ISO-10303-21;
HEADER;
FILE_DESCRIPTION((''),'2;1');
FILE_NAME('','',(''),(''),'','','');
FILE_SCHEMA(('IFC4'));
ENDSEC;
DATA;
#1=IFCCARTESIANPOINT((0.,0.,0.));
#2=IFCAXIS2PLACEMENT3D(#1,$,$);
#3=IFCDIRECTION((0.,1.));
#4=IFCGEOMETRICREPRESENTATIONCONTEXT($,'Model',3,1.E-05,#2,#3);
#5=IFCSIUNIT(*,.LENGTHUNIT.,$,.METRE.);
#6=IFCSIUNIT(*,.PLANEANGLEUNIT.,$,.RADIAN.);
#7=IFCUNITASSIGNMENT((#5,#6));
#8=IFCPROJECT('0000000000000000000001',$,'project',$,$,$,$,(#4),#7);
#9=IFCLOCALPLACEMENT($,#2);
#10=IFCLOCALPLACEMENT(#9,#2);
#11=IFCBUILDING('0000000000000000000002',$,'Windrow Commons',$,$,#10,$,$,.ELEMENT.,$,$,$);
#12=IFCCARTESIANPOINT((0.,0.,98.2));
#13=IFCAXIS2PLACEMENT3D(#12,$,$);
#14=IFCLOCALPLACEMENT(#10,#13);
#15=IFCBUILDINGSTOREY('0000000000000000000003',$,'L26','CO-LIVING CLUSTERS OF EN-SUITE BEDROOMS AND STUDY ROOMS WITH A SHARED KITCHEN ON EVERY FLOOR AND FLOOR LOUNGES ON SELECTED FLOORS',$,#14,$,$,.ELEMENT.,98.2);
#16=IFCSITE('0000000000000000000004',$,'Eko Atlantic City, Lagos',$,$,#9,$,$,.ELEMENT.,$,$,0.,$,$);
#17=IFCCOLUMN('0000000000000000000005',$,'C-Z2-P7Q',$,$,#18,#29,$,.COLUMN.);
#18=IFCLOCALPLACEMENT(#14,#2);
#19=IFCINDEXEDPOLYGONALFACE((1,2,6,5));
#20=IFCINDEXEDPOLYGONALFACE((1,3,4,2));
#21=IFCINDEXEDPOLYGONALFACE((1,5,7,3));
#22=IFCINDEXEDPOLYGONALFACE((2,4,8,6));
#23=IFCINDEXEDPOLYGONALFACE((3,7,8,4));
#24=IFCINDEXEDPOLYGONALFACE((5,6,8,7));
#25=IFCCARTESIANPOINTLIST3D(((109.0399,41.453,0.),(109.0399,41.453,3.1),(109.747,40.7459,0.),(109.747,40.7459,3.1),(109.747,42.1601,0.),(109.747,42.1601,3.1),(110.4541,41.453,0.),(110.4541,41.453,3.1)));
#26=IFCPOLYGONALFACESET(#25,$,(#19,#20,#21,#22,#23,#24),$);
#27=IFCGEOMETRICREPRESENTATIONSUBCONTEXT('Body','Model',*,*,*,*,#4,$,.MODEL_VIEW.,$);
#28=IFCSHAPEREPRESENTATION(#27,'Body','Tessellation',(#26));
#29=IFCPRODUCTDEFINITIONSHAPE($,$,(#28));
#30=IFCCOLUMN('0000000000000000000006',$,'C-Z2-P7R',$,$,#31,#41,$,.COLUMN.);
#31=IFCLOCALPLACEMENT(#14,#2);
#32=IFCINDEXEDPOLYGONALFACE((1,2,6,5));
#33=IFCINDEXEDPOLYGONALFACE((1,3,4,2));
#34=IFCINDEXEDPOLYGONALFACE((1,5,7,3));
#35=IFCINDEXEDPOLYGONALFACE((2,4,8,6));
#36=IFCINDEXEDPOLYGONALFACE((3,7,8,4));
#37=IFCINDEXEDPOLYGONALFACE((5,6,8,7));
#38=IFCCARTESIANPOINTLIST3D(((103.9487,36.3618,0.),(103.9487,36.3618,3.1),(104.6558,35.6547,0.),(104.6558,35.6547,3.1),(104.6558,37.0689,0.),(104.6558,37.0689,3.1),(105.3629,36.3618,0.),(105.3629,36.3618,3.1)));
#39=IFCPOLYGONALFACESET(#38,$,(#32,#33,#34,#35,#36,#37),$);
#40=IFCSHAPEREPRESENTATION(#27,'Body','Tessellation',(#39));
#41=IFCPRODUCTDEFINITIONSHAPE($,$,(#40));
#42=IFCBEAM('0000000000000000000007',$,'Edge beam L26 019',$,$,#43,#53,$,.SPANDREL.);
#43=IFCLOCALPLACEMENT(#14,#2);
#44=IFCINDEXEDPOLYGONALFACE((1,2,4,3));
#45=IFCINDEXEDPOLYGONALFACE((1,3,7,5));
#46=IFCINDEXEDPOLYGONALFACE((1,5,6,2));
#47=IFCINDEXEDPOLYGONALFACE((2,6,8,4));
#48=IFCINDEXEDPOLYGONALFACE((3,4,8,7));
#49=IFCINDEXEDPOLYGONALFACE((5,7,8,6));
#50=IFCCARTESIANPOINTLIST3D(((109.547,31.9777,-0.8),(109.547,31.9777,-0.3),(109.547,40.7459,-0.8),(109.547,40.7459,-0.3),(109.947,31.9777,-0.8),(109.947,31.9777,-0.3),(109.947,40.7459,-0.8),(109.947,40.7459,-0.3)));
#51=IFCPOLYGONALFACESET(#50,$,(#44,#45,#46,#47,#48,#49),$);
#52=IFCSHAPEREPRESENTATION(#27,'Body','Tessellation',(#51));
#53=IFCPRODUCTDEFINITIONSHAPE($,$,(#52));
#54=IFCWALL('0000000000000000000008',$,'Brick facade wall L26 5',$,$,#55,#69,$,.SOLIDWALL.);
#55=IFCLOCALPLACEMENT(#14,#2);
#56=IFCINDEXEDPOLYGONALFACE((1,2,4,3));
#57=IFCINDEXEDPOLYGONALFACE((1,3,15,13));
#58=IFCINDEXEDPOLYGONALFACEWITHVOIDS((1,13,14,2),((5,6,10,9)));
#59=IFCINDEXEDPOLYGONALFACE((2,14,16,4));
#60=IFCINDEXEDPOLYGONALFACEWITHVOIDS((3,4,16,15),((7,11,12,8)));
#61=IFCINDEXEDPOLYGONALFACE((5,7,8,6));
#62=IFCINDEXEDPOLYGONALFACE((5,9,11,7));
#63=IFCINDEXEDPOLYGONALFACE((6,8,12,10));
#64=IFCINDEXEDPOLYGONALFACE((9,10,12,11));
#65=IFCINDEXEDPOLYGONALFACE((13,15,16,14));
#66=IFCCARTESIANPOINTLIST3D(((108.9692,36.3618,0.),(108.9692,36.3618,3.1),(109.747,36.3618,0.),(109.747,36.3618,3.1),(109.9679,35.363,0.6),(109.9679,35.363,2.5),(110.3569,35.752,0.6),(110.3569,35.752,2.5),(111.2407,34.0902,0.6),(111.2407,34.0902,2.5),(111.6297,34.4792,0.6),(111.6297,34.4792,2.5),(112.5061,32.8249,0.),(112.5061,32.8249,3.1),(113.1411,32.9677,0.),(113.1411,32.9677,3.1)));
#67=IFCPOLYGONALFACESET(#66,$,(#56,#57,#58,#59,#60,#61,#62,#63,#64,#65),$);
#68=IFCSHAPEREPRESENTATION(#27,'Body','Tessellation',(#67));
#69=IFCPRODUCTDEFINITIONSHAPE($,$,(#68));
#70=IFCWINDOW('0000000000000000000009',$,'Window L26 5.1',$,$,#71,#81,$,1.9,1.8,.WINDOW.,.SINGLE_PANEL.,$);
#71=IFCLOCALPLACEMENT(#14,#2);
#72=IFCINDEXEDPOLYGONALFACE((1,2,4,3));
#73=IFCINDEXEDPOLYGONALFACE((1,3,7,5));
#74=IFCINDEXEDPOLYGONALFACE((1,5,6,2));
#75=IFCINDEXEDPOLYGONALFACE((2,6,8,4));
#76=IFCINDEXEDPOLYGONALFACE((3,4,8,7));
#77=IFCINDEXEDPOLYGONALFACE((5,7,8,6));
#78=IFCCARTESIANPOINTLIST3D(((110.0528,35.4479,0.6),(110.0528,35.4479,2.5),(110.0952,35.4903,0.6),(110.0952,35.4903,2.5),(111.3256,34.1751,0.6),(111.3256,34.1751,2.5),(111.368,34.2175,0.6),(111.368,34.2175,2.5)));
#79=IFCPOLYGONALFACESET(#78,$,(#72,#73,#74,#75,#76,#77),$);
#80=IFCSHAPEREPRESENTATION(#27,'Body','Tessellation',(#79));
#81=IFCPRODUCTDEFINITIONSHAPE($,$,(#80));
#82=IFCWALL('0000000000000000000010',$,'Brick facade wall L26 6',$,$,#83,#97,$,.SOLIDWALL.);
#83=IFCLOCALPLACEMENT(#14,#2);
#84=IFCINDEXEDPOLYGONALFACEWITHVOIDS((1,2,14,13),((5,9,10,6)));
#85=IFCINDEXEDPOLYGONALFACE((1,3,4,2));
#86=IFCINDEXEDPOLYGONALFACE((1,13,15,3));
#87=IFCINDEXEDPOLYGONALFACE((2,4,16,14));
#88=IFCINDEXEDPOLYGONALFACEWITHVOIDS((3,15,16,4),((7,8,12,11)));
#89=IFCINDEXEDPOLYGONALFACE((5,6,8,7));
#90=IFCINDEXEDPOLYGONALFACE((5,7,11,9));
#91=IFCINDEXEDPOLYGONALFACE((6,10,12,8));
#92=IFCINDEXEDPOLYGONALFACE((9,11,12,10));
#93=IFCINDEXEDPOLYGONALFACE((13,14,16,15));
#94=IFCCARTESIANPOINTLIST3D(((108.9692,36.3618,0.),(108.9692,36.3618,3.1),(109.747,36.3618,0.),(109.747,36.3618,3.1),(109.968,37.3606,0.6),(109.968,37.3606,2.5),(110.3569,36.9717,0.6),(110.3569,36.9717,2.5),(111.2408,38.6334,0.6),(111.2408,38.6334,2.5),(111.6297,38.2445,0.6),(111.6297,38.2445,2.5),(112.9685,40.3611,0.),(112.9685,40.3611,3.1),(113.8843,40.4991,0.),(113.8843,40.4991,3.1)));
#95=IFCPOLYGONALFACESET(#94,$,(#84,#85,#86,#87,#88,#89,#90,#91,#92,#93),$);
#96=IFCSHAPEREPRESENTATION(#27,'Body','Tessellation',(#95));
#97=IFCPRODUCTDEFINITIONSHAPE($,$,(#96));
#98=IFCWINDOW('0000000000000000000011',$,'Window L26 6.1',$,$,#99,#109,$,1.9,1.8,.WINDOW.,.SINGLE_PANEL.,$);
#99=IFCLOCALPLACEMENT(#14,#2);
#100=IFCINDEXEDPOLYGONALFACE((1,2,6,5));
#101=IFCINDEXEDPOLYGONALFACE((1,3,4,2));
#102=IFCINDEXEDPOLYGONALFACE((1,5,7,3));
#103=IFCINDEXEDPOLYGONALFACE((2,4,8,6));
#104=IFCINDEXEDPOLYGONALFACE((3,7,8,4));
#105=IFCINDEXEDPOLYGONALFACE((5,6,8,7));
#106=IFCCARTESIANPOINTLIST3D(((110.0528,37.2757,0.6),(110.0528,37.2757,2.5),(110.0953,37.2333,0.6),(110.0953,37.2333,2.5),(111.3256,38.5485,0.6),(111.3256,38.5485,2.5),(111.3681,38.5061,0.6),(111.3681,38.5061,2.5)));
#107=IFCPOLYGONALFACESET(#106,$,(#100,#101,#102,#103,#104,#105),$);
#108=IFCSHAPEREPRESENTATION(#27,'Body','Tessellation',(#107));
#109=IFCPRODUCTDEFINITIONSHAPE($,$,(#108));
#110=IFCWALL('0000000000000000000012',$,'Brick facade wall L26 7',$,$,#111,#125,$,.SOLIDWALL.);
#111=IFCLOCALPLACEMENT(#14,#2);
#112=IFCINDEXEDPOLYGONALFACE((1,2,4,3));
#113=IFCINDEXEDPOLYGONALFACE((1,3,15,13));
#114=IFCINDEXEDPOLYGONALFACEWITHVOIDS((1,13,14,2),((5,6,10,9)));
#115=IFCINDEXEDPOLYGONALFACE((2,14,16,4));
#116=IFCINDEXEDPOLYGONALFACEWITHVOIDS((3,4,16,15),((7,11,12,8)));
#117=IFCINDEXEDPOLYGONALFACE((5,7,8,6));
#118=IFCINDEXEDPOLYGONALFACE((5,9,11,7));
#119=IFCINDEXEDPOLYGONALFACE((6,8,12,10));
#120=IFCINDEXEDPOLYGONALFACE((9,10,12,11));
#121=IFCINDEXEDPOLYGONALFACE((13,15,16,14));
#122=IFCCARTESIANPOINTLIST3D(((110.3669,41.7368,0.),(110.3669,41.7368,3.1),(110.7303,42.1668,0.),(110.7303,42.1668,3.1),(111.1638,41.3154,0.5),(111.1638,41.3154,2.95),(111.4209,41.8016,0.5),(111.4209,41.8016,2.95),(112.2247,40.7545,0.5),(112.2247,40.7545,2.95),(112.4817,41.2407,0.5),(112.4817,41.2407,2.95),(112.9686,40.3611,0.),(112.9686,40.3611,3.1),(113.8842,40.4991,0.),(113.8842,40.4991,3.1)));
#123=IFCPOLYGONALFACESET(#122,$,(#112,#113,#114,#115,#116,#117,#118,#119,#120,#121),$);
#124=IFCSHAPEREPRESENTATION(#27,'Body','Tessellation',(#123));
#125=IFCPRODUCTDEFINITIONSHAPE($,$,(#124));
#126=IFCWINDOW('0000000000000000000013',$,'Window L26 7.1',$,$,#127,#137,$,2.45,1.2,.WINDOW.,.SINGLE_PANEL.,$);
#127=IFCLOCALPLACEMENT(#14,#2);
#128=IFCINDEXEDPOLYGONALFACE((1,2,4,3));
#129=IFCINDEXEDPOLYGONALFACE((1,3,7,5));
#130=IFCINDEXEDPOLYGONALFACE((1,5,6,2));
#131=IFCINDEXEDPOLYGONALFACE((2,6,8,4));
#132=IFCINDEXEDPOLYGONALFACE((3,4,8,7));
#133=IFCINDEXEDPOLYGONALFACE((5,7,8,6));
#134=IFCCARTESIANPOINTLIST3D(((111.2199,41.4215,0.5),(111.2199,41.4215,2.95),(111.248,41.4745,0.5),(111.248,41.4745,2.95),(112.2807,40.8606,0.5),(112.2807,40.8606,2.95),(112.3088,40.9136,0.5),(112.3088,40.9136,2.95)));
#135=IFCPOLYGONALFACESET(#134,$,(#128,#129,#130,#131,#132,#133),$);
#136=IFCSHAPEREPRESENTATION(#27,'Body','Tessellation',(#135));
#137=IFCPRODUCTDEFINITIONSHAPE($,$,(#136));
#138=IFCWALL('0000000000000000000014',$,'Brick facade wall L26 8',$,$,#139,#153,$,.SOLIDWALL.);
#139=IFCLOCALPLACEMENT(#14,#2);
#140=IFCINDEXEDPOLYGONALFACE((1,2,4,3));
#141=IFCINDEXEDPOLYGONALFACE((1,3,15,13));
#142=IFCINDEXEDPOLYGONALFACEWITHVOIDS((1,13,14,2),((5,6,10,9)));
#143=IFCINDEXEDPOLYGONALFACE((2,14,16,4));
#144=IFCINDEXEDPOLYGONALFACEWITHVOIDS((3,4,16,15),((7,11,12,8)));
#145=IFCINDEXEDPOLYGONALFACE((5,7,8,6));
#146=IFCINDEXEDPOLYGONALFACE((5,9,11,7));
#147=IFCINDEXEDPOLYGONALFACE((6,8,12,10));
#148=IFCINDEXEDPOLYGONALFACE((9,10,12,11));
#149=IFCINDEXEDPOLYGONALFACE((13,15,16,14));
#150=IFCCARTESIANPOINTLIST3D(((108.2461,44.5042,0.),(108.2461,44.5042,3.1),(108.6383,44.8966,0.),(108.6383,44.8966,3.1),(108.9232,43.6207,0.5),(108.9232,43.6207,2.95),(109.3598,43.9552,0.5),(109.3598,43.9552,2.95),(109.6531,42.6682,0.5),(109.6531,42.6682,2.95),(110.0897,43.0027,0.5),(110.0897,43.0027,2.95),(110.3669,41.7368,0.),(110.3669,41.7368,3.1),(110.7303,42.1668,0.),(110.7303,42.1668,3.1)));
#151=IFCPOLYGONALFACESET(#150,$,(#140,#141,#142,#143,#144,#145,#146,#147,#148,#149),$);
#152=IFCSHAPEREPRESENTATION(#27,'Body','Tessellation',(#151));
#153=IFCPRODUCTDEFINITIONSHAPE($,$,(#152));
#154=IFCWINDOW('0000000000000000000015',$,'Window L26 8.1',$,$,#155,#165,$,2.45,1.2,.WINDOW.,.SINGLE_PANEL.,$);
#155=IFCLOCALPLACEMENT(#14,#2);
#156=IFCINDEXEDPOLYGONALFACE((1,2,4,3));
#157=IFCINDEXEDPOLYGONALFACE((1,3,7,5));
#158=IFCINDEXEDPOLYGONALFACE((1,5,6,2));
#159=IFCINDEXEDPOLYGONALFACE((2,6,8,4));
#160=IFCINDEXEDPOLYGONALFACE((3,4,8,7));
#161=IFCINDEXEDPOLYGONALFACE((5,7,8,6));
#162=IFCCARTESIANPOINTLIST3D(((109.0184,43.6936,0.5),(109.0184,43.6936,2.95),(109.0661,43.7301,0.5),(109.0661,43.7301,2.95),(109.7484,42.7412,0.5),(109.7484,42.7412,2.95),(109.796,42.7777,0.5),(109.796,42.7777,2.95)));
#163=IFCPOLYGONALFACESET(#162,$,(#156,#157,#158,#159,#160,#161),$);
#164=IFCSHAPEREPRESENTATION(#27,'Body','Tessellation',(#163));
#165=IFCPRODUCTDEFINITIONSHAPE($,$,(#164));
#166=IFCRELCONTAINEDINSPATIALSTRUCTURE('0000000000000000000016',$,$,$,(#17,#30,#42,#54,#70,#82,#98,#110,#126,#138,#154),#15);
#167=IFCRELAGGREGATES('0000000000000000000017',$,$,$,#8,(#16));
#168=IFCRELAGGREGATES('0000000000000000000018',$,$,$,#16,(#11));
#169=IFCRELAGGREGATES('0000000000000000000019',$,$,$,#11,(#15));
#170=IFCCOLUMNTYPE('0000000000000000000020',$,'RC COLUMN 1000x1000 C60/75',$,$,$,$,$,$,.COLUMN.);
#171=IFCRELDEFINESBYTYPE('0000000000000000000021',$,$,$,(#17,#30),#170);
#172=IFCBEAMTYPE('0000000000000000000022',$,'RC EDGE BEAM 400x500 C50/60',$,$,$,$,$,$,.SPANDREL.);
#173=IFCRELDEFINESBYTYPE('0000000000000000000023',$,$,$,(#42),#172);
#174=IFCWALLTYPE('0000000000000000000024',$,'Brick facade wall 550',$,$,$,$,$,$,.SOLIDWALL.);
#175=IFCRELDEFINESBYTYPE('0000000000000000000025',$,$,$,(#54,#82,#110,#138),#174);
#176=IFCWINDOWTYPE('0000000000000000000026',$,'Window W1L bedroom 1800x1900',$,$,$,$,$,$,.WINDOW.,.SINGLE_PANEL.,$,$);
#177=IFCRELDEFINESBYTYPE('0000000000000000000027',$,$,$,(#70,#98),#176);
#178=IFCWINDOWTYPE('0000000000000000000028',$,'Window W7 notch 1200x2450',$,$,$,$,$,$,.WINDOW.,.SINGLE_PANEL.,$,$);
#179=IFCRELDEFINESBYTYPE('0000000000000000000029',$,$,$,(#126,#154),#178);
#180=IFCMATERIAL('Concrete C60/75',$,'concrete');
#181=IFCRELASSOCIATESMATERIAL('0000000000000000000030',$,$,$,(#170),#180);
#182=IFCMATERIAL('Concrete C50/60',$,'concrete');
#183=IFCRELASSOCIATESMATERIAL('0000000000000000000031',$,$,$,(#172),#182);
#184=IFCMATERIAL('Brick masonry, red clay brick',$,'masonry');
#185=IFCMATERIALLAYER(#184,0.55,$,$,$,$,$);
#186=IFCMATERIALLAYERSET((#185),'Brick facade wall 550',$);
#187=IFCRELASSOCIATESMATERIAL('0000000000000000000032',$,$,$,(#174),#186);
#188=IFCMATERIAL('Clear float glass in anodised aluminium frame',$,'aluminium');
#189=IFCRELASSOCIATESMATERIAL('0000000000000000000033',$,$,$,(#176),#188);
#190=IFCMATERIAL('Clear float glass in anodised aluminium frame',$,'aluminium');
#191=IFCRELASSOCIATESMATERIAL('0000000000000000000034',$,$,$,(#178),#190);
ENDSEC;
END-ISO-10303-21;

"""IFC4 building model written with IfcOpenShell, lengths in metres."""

from ifc_helpers import new_model, si_unit, direction, frame, frame_2d, origin, origin_2d, place, context, subcontext, project, spatial, polyline, rectangle, outline, extrude, material, layer, layer_set, material_profile, profile_set, type_object, element, fill, save


model = new_model("IFC4")

# Units and contexts
model_context = context("Model", 3, precision=1e-05, world=origin(), true_north=direction((0.0, 1.0)))
body_context = subcontext(model_context, "Body", "Model", "MODEL_VIEW")
ifc_project = project(units=[si_unit("LENGTHUNIT", "METRE"), si_unit("PLANEANGLEUNIT", "RADIAN")], contexts=[model_context])

# Site, building, storey
site_placement = place(None, origin())
site = spatial("IfcSite", under=ifc_project, at=site_placement, Name="Eko Atlantic City, Lagos", CompositionType="ELEMENT", RefElevation=0.0)
building_placement = place(site_placement, origin())
building = spatial("IfcBuilding", under=site, at=building_placement, Name="Windrow Commons", CompositionType="ELEMENT")
storey_placement = place(building_placement, frame((0.0, 0.0, 98.2)))
storey = spatial("IfcBuildingStorey", under=building, at=storey_placement, Name="L26", Description="CO-LIVING CLUSTERS OF EN-SUITE BEDROOMS AND STUDY ROOMS WITH A SHARED KITCHEN ON EVERY FLOOR AND FLOOR LOUNGES ON SELECTED FLOORS", CompositionType="ELEMENT", Elevation=98.2)

# Columns
ifc_material_1 = material(Name="Concrete C60/75", Category="concrete")
ifc_material_profile_1 = material_profile(ifc_material_1, rectangle(XDim=1.0, YDim=1.0, at=origin_2d()))
ifc_profile_set_1 = profile_set([ifc_material_profile_1], Name="Concrete C60/75")
column_type = type_object("IfcColumnType", Name="RC COLUMN 1000x1000 C60/75", PredefinedType="COLUMN", material=ifc_profile_set_1)
for number, where, z_axis, x_axis, name in (
    (1, (109.747, 41.453, 0.0), (0.0, 0.0, 1.0), (0.707107, -0.707107, 0.0), "C-Z2-P7Q"),
    (2, (104.6558, 36.3618, 0.0), (0.0, 0.0, 1.0), (0.707107, -0.707107, 0.0), "C-Z2-P7R"),
):
    element("IfcColumn", number, at=place(storey_placement, frame(where, z_axis=z_axis, x_axis=x_axis)), inside=storey, type_object=column_type, Name=name, PredefinedType="COLUMN", context=body_context, shape_type="SweptSolid", body=[
        extrude(rectangle(XDim=1.0, YDim=1.0, at=origin_2d()), origin(), (0.0, 0.0, 1.0), 3.1),
    ])

# Beam
ifc_material_2 = material(Name="Concrete C50/60", Category="concrete")
ifc_material_profile_2 = material_profile(ifc_material_2, rectangle(XDim=0.4, YDim=0.5, at=origin_2d()))
ifc_profile_set_2 = profile_set([ifc_material_profile_2], Name="Concrete C50/60")
beam_type = type_object("IfcBeamType", Name="RC EDGE BEAM 400x500 C50/60", PredefinedType="SPANDREL", material=ifc_profile_set_2)
beam_placement = place(storey_placement, frame((109.747, 40.7459, -0.55), z_axis=(0.0, -1.0, 0.0), x_axis=(1.0, 0.0, 0.0)))
element("IfcBeam", 3, at=beam_placement, inside=storey, type_object=beam_type, Name="Edge beam L26 019", PredefinedType="SPANDREL", context=body_context, shape_type="SweptSolid", body=[
    extrude(rectangle(XDim=0.4, YDim=0.5, at=origin_2d()), origin(), (0.0, 0.0, 1.0), 8.7682),
])

# Walls, openings, windows
ifc_material_3 = material(Name="Brick masonry, red clay brick", Category="masonry")
ifc_layer_1 = layer(ifc_material_3, 0.55)
ifc_layer_set_1 = layer_set([ifc_layer_1], Name="Brick facade wall 550")
wall_type_1 = type_object("IfcWallType", Name="Brick facade wall 550", PredefinedType="SOLIDWALL", material=ifc_layer_set_1)
wall_1_placement = place(storey_placement, frame((112.8236, 32.8963, 0.0), z_axis=(0.0, 0.0, 1.0), x_axis=(-0.707107, 0.707107, 0.0)))
wall_1 = element("IfcWall", 4, at=wall_1_placement, inside=storey, type_object=wall_type_1, Name="Brick facade wall L26 5", PredefinedType="SOLIDWALL", context=body_context, shape_type="SweptSolid", body=[
    extrude(outline(polyline([(-0.174, -0.275), (4.626, -0.275), (5.176, 0.275), (0.174, 0.275), (-0.174, -0.275)])), origin(), (0.0, 0.0, 1.0), 3.1),
])
opening_1_placement = place(wall_1_placement, frame((1.9635, 0.0, 0.6)))
opening_1 = element("IfcOpeningElement", 5, at=opening_1_placement, cuts=wall_1, PredefinedType="OPENING", context=body_context, shape_type="SweptSolid", body=[
    extrude(rectangle(XDim=1.8, YDim=1.9, at=frame_2d((0.9, 0.95))), frame((0.0, 0.285, 0.0), z_axis=(0.0, -1.0, 0.0), x_axis=(1.0, 0.0, 0.0)), (0.0, 0.0, 1.0), 0.57),
])
ifc_material_4 = material(Name="Clear float glass in anodised aluminium frame", Category="aluminium")
window_type_1 = type_object("IfcWindowType", Name="Window W1L bedroom 1800x1900", PartitioningType="SINGLE_PANEL", PredefinedType="WINDOW", material=ifc_material_4)
window_1_placement = place(opening_1_placement, origin())
window_1 = element("IfcWindow", 6, at=window_1_placement, inside=storey, type_object=window_type_1, Name="Window L26 5.1", OverallHeight=1.9, OverallWidth=1.8, PartitioningType="SINGLE_PANEL", PredefinedType="WINDOW", context=body_context, shape_type="SweptSolid", body=[
    extrude(rectangle(XDim=1.8, YDim=1.9, at=frame_2d((0.9, 0.95))), frame((0.0, 0.155, 0.0), z_axis=(0.0, -1.0, 0.0), x_axis=(1.0, 0.0, 0.0)), (0.0, 0.0, 1.0), 0.06),
])
fill(opening_1, window_1)
wall_2_placement = place(storey_placement, frame((109.3581, 36.3618, 0.0), z_axis=(0.0, 0.0, 1.0), x_axis=(0.707107, 0.707107, 0.0)))
wall_2 = element("IfcWall", 7, at=wall_2_placement, inside=storey, type_object=wall_type_1, Name="Brick facade wall L26 6", PredefinedType="SOLIDWALL", context=body_context, shape_type="SweptSolid", body=[
    extrude(outline(polyline([(0.275, -0.275), (6.126, -0.275), (5.3809, 0.275), (-0.275, 0.275), (0.275, -0.275)])), origin(), (0.0, 0.0, 1.0), 3.1),
])
opening_2_placement = place(wall_2_placement, frame((1.1375, 0.0, 0.6)))
opening_2 = element("IfcOpeningElement", 8, at=opening_2_placement, cuts=wall_2, PredefinedType="OPENING", context=body_context, shape_type="SweptSolid", body=[
    extrude(rectangle(XDim=1.8, YDim=1.9, at=frame_2d((0.9, 0.95))), frame((0.0, 0.285, 0.0), z_axis=(0.0, -1.0, 0.0), x_axis=(1.0, 0.0, 0.0)), (0.0, 0.0, 1.0), 0.57),
])
window_2_placement = place(opening_2_placement, origin())
window_2 = element("IfcWindow", 9, at=window_2_placement, inside=storey, type_object=window_type_1, Name="Window L26 6.1", OverallHeight=1.9, OverallWidth=1.8, PartitioningType="SINGLE_PANEL", PredefinedType="WINDOW", context=body_context, shape_type="SweptSolid", body=[
    extrude(rectangle(XDim=1.8, YDim=1.9, at=frame_2d((0.9, 0.95))), frame((0.0, 0.155, 0.0), z_axis=(0.0, -1.0, 0.0), x_axis=(1.0, 0.0, 0.0)), (0.0, 0.0, 1.0), 0.06),
])
fill(opening_2, window_2)
wall_3_placement = place(storey_placement, frame((113.4264, 40.4301, 0.0), z_axis=(0.0, 0.0, 1.0), x_axis=(-0.884022, 0.467446, 0.0)))
wall_3 = element("IfcWall", 10, at=wall_3_placement, inside=storey, type_object=wall_type_1, Name="Brick facade wall L26 7", PredefinedType="SOLIDWALL", context=body_context, shape_type="SweptSolid", body=[
    extrude(outline(polyline([(-0.3725, -0.275), (3.1952, -0.275), (3.3155, 0.275), (0.3725, 0.275), (-0.3725, -0.275)])), origin(), (0.0, 0.0, 1.0), 3.1),
])
opening_3_placement = place(wall_3_placement, frame((1.214, 0.0, 0.5)))
opening_3 = element("IfcOpeningElement", 11, at=opening_3_placement, cuts=wall_3, PredefinedType="OPENING", context=body_context, shape_type="SweptSolid", body=[
    extrude(rectangle(XDim=1.2, YDim=2.45, at=frame_2d((0.6, 1.225))), frame((0.0, 0.285, 0.0), z_axis=(0.0, -1.0, 0.0), x_axis=(1.0, 0.0, 0.0)), (0.0, 0.0, 1.0), 0.57),
])
ifc_material_5 = material(Name="Clear float glass in anodised aluminium frame", Category="aluminium")
window_type_2 = type_object("IfcWindowType", Name="Window W7 notch 1200x2450", PartitioningType="SINGLE_PANEL", PredefinedType="WINDOW", material=ifc_material_5)
window_3_placement = place(opening_3_placement, origin())
window_3 = element("IfcWindow", 12, at=window_3_placement, inside=storey, type_object=window_type_2, Name="Window L26 7.1", OverallHeight=2.45, OverallWidth=1.2, PartitioningType="SINGLE_PANEL", PredefinedType="WINDOW", context=body_context, shape_type="SweptSolid", body=[
    extrude(rectangle(XDim=1.2, YDim=2.45, at=frame_2d((0.6, 1.225))), frame((0.0, 0.155, 0.0), z_axis=(0.0, -1.0, 0.0), x_axis=(1.0, 0.0, 0.0)), (0.0, 0.0, 1.0), 0.06),
])
fill(opening_3, window_3)
wall_4_placement = place(storey_placement, frame((110.5486, 41.9518, 0.0), z_axis=(0.0, 0.0, 1.0), x_axis=(-0.608275, 0.793726, 0.0)))
wall_4 = element("IfcWall", 13, at=wall_4_placement, inside=storey, type_object=wall_type_1, Name="Brick facade wall L26 8", PredefinedType="SOLIDWALL", context=body_context, shape_type="SweptSolid", body=[
    extrude(outline(polyline([(0.0601, -0.275), (3.4993, -0.275), (3.4265, 0.275), (-0.0601, 0.275), (0.0601, -0.275)])), origin(), (0.0, 0.0, 1.0), 3.1),
])
opening_4_placement = place(wall_4_placement, frame((1.1133, 0.0, 0.5)))
opening_4 = element("IfcOpeningElement", 14, at=opening_4_placement, cuts=wall_4, PredefinedType="OPENING", context=body_context, shape_type="SweptSolid", body=[
    extrude(rectangle(XDim=1.2, YDim=2.45, at=frame_2d((0.6, 1.225))), frame((0.0, 0.285, 0.0), z_axis=(0.0, -1.0, 0.0), x_axis=(1.0, 0.0, 0.0)), (0.0, 0.0, 1.0), 0.57),
])
window_4_placement = place(opening_4_placement, origin())
window_4 = element("IfcWindow", 15, at=window_4_placement, inside=storey, type_object=window_type_2, Name="Window L26 8.1", OverallHeight=2.45, OverallWidth=1.2, PartitioningType="SINGLE_PANEL", PredefinedType="WINDOW", context=body_context, shape_type="SweptSolid", body=[
    extrude(rectangle(XDim=1.2, YDim=2.45, at=frame_2d((0.6, 1.225))), frame((0.0, 0.155, 0.0), z_axis=(0.0, -1.0, 0.0), x_axis=(1.0, 0.0, 0.0)), (0.0, 0.0, 1.0), 0.06),
])
fill(opening_4, window_4)

save(model, "model.ifc")
